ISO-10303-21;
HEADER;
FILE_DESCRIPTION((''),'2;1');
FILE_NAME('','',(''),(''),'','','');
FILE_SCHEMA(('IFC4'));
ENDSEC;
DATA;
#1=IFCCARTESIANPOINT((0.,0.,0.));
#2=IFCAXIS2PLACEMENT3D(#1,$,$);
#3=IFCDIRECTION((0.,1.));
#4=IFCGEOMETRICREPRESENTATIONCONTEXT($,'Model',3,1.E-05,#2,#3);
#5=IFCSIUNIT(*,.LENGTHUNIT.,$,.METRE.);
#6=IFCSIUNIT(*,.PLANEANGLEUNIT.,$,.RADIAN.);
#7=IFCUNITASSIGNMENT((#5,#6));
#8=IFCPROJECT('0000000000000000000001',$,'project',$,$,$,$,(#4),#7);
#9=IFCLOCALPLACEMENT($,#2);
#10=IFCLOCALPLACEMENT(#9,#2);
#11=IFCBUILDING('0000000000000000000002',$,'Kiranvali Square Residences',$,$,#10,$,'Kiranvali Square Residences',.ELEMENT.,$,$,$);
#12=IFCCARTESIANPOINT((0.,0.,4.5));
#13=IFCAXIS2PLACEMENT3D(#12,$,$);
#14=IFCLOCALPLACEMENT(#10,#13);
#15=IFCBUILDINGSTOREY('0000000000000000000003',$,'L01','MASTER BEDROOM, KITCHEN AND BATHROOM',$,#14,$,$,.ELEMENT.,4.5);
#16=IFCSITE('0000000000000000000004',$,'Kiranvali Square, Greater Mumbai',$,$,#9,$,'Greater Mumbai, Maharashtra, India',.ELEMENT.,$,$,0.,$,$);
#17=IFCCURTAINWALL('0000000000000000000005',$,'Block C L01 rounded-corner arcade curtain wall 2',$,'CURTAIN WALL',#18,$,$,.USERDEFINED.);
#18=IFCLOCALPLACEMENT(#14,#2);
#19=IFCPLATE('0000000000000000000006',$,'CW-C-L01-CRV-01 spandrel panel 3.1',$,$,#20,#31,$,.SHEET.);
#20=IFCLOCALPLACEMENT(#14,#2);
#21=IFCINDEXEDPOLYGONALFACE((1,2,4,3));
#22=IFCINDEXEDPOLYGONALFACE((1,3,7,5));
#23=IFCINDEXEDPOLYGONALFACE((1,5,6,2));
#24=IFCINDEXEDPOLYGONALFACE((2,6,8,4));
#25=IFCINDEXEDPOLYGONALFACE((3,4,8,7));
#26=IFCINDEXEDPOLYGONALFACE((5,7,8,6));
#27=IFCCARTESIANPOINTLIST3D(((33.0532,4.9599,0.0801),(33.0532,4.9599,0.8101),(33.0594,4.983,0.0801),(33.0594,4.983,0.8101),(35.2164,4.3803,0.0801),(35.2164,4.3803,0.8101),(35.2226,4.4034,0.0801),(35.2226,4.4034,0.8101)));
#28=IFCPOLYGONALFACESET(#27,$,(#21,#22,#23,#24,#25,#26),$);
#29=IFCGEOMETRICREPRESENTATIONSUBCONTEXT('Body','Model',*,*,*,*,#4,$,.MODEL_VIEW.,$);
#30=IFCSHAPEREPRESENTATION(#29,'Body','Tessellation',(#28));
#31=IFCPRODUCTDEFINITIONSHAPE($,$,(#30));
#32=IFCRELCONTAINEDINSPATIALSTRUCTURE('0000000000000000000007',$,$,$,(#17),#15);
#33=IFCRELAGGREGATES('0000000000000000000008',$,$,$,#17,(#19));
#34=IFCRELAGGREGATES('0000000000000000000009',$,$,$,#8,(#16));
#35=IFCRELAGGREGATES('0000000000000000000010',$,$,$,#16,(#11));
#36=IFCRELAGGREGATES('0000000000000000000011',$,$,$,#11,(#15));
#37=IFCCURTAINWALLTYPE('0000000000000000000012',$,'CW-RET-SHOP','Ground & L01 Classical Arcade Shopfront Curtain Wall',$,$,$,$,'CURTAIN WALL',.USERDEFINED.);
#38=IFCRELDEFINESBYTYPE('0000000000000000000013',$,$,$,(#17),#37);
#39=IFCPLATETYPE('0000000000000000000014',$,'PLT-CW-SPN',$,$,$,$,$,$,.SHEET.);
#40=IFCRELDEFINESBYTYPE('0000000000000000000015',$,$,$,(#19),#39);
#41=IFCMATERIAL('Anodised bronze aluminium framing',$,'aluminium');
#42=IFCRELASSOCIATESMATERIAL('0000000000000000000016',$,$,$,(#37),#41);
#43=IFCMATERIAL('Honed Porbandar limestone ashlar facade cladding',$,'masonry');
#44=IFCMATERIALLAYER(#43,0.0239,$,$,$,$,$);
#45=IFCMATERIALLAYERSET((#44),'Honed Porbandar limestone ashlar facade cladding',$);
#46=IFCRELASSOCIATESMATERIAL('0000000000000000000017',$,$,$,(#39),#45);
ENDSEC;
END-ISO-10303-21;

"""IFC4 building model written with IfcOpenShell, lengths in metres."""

from ifc_helpers import new_model, si_unit, direction, frame, origin, origin_2d, place, context, subcontext, project, spatial, rectangle, extrude, material, layer, layer_set, type_object, element, aggregate, save


model = new_model("IFC4")

# Units and contexts
model_context = context("Model", 3, precision=1e-05, world=origin(), true_north=direction((0.0, 1.0)))
body_context = subcontext(model_context, "Body", "Model", "MODEL_VIEW")
ifc_project = project(units=[si_unit("LENGTHUNIT", "METRE"), si_unit("PLANEANGLEUNIT", "RADIAN")], contexts=[model_context])

# Site, building, storey
site_placement = place(None, origin())
site = spatial("IfcSite", under=ifc_project, at=site_placement, Name="Kiranvali Square, Greater Mumbai", LongName="Greater Mumbai, Maharashtra, India", CompositionType="ELEMENT", RefElevation=0.0)
building_placement = place(site_placement, origin())
building = spatial("IfcBuilding", under=site, at=building_placement, Name="Kiranvali Square Residences", LongName="Kiranvali Square Residences", CompositionType="ELEMENT")
storey_placement = place(building_placement, frame((0.0, 0.0, 4.5)))
storey = spatial("IfcBuildingStorey", under=building, at=storey_placement, Name="L01", Description="MASTER BEDROOM, KITCHEN AND BATHROOM", CompositionType="ELEMENT", Elevation=4.5)

# Curtain wall
ifc_material_1 = material(Name="Anodised bronze aluminium framing", Category="aluminium")
curtain_wall_type = type_object("IfcCurtainWallType", Name="CW-RET-SHOP", Description="Ground & L01 Classical Arcade Shopfront Curtain Wall", ElementType="CURTAIN WALL", PredefinedType="USERDEFINED", material=ifc_material_1)
curtain_wall_1_placement = place(storey_placement, origin())
curtain_wall_1 = element("IfcCurtainWall", 1, at=curtain_wall_1_placement, inside=storey, type_object=curtain_wall_type, Name="Block C L01 rounded-corner arcade curtain wall 2", ObjectType="CURTAIN WALL", PredefinedType="USERDEFINED")

# Plate
ifc_material_2 = material(Name="Honed Porbandar limestone ashlar facade cladding", Category="masonry")
ifc_layer_1 = layer(ifc_material_2, 0.0239)
ifc_layer_set_1 = layer_set([ifc_layer_1], Name="Honed Porbandar limestone ashlar facade cladding")
plate_type_1 = type_object("IfcPlateType", Name="PLT-CW-SPN", PredefinedType="SHEET", material=ifc_layer_set_1)
plate_1_placement = place(storey_placement, frame((34.1379, 4.6816, 0.0801), z_axis=(0.0, 0.0, 1.0), x_axis=(-0.965926, 0.258819, 0.0)))
plate_1 = element("IfcPlate", 2, at=plate_1_placement, type_object=plate_type_1, Name="CW-C-L01-CRV-01 spandrel panel 3.1", PredefinedType="SHEET", context=body_context, shape_type="SweptSolid", body=[
    extrude(rectangle(XDim=2.2395, YDim=0.0239, at=origin_2d()), origin(), (0.0, 0.0, 1.0), 0.73),
])
aggregate(curtain_wall_1, [plate_1])

save(model, "model.ifc")
